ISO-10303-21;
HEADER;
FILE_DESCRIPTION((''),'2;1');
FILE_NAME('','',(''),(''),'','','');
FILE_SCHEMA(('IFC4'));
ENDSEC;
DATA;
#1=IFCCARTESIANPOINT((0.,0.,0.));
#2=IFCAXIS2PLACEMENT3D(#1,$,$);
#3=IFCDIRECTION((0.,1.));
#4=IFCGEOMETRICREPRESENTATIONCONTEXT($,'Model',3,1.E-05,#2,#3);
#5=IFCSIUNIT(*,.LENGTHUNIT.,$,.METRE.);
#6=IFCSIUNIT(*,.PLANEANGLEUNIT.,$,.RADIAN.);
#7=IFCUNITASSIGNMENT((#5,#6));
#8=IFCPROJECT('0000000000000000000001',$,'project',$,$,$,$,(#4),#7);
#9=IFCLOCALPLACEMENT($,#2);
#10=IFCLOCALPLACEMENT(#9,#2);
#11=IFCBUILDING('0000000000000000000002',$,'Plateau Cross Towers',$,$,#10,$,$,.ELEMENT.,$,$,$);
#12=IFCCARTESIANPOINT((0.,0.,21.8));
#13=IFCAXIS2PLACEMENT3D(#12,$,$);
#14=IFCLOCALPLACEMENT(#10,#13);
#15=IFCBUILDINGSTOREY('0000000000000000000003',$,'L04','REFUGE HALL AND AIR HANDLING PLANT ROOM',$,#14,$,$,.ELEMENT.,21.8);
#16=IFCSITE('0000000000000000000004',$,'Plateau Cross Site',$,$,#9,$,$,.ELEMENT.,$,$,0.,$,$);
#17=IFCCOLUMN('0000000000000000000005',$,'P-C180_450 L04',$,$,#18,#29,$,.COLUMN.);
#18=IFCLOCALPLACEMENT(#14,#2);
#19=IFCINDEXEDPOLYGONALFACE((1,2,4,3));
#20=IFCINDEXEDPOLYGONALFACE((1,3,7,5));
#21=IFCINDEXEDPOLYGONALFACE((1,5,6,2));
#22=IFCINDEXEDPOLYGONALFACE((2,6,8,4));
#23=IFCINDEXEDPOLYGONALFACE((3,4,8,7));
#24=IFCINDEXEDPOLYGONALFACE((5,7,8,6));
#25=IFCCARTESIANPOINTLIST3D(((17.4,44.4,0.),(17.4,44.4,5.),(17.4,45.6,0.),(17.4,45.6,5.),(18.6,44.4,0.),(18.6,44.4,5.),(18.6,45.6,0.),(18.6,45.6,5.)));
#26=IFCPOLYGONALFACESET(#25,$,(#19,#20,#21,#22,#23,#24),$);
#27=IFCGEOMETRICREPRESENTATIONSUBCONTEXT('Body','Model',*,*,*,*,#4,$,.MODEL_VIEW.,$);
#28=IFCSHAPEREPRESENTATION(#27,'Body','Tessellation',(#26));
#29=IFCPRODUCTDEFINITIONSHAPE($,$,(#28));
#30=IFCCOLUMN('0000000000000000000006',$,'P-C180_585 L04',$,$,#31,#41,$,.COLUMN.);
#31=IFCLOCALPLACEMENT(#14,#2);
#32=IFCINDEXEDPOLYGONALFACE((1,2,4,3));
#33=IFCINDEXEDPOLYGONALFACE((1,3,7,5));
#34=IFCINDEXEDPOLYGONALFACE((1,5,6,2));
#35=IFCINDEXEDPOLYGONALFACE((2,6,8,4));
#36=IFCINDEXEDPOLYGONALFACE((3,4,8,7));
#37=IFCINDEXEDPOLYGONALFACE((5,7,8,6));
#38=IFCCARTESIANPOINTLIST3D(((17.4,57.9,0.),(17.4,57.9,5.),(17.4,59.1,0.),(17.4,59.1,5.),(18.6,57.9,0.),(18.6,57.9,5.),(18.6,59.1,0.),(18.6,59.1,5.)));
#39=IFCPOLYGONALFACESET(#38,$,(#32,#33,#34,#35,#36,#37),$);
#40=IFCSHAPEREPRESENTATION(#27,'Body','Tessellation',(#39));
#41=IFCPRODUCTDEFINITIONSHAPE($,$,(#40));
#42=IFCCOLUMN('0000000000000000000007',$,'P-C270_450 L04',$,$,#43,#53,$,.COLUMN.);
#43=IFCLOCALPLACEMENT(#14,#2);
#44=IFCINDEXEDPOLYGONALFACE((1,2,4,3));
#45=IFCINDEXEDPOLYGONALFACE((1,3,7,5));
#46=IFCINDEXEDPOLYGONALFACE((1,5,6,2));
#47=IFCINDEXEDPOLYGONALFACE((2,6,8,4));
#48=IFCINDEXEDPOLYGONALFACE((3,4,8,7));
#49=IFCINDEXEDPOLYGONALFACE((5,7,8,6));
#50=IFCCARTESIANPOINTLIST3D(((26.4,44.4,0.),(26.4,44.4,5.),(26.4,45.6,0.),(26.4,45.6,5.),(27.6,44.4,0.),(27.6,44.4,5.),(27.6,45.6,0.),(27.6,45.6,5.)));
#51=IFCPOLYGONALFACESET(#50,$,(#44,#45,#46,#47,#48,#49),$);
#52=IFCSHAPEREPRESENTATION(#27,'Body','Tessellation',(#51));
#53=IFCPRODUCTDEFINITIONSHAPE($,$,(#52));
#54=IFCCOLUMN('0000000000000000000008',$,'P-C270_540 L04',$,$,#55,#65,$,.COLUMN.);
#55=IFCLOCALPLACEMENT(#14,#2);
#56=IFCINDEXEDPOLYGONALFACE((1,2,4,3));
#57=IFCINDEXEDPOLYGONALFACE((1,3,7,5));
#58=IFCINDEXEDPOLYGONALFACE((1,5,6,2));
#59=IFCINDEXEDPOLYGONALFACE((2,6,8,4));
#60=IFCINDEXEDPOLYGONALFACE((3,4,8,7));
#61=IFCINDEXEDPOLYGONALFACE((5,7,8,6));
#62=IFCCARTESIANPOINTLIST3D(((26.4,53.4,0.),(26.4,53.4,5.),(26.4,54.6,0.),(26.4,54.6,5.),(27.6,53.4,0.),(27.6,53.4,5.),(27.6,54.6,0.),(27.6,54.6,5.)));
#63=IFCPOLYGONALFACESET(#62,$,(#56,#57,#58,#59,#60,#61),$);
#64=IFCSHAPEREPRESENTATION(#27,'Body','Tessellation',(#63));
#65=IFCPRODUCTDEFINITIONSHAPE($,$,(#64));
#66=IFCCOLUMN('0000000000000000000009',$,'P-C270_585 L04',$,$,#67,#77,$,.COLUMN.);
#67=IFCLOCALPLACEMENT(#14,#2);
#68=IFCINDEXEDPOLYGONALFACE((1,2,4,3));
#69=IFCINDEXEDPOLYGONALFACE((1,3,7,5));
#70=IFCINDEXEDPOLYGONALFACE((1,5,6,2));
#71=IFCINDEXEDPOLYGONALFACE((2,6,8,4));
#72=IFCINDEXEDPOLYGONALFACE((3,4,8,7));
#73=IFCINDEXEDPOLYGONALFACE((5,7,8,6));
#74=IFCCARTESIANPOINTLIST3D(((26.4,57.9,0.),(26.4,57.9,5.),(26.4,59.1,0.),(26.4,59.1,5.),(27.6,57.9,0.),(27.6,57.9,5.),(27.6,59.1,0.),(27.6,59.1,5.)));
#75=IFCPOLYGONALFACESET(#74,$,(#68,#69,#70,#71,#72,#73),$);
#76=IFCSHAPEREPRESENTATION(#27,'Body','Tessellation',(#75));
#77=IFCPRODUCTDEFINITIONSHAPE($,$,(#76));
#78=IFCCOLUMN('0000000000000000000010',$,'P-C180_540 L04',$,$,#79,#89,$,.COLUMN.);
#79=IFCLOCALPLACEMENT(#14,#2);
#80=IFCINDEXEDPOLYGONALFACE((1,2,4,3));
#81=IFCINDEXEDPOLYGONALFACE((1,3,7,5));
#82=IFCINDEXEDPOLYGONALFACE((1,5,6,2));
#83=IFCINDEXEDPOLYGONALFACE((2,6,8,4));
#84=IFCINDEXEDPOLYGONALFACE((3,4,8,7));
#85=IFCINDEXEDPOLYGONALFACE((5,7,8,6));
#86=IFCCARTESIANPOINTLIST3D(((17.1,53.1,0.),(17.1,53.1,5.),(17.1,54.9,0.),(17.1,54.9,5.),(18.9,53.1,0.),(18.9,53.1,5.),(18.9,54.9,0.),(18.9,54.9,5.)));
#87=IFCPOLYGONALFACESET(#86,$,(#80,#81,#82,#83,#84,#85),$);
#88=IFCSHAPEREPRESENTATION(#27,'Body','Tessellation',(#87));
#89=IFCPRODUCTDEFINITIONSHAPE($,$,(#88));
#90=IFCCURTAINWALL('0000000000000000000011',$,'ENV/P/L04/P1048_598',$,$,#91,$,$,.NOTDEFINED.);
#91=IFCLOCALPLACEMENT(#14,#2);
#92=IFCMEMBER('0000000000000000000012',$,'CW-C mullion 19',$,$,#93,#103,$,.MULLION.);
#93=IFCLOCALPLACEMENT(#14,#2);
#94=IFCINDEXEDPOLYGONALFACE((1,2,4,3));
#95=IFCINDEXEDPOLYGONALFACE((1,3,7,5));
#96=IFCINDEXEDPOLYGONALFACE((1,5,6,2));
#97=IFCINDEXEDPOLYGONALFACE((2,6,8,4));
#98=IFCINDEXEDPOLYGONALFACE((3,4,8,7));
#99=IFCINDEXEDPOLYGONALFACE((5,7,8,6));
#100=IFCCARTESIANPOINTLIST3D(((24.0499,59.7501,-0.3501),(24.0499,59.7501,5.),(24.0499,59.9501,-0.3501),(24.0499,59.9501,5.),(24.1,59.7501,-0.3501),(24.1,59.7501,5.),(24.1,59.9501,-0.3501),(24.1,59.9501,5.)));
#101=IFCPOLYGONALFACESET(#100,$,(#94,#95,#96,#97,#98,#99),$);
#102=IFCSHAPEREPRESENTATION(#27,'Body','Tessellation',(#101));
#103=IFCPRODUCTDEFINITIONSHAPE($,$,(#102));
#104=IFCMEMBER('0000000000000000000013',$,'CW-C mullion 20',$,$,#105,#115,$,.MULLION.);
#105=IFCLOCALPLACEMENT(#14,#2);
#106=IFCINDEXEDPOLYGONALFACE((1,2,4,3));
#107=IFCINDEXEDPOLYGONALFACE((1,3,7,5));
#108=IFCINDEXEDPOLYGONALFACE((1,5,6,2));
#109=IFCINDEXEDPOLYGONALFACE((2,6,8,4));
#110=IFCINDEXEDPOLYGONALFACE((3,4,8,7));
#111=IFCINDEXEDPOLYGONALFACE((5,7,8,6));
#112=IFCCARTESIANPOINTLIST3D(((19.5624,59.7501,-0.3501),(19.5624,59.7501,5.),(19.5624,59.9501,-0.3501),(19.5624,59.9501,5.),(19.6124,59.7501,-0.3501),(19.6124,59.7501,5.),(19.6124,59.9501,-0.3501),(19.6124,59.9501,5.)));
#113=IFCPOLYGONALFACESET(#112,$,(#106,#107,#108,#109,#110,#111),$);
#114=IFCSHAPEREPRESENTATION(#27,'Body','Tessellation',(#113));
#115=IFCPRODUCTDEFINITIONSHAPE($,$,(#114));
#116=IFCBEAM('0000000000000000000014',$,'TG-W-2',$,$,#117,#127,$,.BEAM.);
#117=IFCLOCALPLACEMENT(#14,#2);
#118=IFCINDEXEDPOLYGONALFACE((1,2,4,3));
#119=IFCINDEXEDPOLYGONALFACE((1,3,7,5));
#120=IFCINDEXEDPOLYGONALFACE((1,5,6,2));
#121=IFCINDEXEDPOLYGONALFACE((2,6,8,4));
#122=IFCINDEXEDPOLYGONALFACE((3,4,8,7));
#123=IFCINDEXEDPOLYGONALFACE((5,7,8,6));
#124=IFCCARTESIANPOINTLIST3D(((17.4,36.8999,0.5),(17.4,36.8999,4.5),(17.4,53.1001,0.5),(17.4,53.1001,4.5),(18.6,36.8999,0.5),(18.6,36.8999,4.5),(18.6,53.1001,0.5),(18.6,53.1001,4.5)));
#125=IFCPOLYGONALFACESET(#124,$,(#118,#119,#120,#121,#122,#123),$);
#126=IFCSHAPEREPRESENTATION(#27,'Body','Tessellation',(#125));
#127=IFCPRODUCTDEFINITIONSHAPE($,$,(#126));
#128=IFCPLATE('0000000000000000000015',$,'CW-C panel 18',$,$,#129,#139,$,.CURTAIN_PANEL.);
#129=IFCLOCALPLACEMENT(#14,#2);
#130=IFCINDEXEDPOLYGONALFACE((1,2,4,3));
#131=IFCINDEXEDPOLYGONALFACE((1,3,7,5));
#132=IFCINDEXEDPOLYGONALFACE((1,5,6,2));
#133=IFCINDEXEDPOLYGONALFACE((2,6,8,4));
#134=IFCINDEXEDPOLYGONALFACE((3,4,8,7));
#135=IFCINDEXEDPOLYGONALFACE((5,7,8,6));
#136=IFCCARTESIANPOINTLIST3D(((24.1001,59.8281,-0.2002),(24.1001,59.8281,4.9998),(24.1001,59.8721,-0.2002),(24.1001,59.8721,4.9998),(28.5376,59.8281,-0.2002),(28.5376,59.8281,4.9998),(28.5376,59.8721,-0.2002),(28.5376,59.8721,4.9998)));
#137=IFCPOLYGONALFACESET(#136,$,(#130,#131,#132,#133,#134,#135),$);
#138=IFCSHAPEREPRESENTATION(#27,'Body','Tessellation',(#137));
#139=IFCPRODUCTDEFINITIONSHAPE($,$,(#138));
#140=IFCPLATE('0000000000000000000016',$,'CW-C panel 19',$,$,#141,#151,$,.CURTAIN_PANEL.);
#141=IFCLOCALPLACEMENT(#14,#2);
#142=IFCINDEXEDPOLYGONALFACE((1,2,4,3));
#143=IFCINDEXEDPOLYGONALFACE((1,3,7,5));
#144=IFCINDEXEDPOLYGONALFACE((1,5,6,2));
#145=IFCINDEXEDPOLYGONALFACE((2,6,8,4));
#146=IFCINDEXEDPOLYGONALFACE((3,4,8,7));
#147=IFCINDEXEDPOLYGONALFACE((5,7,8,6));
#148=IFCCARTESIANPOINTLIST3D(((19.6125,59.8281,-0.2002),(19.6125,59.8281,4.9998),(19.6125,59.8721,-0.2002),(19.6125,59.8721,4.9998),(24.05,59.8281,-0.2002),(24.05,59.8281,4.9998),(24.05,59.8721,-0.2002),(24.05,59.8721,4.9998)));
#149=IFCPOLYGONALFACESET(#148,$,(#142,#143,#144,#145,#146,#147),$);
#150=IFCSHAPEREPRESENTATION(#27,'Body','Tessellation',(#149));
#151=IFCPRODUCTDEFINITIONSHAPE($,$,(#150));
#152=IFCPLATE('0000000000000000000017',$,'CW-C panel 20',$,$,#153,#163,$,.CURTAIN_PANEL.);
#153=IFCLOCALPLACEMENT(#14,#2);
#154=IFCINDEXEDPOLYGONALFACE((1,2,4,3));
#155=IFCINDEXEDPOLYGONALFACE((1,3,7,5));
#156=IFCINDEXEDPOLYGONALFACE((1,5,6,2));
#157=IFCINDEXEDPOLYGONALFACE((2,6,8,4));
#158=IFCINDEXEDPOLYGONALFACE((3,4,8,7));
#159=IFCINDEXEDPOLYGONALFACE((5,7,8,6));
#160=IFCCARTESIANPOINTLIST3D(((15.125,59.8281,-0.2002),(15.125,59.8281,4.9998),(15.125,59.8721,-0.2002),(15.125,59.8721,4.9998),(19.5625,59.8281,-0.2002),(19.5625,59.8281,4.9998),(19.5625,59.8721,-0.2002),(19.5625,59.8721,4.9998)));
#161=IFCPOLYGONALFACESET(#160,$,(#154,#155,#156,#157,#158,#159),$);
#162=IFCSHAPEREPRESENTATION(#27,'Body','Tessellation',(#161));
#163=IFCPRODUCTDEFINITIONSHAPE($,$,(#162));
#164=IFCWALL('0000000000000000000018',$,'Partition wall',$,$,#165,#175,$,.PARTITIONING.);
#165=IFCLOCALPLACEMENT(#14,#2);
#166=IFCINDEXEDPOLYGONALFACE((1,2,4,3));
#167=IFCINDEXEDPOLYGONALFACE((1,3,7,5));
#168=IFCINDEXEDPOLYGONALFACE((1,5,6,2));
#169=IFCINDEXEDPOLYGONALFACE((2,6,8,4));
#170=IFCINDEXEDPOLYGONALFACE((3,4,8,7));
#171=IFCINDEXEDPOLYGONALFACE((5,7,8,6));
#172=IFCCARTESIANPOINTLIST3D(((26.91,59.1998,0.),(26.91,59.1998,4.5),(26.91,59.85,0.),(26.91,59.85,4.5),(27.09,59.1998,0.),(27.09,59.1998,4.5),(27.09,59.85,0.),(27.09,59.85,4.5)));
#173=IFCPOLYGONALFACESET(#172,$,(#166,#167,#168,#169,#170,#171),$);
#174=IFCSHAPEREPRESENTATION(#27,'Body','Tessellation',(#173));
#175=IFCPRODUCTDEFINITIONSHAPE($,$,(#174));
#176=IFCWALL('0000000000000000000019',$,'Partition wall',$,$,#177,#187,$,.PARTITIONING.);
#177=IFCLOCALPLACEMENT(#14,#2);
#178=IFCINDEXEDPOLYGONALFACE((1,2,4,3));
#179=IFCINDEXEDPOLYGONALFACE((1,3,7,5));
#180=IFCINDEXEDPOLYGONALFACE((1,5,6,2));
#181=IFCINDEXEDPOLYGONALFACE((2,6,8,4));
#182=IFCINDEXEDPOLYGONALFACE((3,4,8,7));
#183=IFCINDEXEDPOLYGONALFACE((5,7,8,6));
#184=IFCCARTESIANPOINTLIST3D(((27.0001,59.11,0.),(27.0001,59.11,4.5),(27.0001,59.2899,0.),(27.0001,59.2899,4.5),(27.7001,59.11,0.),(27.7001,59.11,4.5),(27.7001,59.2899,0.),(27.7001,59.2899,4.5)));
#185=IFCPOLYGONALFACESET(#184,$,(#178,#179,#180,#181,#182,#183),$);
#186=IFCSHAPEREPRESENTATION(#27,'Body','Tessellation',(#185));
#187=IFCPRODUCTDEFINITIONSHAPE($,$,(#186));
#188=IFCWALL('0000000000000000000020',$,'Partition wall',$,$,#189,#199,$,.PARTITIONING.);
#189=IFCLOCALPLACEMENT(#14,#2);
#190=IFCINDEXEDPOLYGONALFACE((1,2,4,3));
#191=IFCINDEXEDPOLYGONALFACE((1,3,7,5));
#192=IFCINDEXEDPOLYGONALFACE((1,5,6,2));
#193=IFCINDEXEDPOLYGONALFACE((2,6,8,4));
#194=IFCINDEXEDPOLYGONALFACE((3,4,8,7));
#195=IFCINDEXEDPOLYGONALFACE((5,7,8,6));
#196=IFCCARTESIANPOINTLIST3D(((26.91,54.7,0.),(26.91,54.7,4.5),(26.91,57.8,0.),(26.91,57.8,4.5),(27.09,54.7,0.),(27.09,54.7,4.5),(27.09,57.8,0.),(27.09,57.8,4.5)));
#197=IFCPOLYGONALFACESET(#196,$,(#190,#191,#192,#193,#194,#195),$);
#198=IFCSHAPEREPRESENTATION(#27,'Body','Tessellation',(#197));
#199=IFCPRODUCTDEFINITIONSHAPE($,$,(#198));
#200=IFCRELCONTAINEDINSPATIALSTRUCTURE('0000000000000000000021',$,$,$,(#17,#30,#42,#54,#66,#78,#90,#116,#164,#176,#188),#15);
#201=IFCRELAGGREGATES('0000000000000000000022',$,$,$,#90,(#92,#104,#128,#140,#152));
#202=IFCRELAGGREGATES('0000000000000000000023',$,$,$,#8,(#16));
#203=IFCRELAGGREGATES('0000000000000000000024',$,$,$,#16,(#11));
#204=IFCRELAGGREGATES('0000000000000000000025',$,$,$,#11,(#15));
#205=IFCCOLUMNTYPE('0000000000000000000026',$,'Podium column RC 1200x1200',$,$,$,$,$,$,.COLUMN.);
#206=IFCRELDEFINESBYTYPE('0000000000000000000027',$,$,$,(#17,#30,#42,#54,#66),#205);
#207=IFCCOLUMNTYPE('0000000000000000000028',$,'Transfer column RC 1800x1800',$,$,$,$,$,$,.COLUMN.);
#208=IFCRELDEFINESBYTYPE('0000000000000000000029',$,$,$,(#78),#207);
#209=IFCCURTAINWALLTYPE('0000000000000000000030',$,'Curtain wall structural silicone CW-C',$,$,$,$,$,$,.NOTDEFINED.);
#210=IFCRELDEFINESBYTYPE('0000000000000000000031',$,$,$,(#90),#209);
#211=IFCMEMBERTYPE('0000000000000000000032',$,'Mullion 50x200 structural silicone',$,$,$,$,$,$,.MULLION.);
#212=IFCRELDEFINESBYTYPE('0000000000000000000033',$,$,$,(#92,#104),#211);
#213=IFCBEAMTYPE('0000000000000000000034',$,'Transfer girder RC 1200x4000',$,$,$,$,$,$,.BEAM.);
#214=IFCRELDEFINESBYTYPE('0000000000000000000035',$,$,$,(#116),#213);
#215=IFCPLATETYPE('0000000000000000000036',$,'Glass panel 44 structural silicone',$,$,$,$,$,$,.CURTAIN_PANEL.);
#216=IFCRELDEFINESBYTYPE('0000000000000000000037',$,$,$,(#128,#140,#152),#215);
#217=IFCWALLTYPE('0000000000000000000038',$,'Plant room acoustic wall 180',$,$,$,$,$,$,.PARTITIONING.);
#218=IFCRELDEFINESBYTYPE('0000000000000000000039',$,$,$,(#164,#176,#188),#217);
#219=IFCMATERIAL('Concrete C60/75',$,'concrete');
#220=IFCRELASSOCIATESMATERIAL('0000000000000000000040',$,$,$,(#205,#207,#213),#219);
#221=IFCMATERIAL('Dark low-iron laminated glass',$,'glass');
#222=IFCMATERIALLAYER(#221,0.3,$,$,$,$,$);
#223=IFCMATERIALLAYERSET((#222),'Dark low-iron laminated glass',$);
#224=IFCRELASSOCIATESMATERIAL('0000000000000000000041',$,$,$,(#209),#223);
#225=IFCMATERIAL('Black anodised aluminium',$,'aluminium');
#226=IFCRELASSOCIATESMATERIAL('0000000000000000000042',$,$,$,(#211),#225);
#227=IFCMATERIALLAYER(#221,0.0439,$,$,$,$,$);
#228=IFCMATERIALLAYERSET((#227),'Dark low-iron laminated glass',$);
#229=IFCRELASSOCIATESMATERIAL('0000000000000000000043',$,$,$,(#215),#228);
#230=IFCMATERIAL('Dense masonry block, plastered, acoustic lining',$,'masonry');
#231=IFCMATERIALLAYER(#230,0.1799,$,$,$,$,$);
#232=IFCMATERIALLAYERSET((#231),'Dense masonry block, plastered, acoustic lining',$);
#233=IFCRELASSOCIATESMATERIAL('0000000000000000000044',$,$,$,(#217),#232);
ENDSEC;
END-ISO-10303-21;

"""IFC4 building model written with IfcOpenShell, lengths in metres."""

from ifc_helpers import new_model, si_unit, direction, frame, frame_2d, origin, origin_2d, place, context, subcontext, project, spatial, rectangle, extrude, material, layer, layer_set, material_profile, profile_set, type_object, element, aggregate, save


model = new_model("IFC4")

# Units and contexts
model_context = context("Model", 3, precision=1e-05, world=origin(), true_north=direction((0.0, 1.0)))
body_context = subcontext(model_context, "Body", "Model", "MODEL_VIEW")
ifc_project = project(units=[si_unit("LENGTHUNIT", "METRE"), si_unit("PLANEANGLEUNIT", "RADIAN")], contexts=[model_context])

# Site, building, storey
site_placement = place(None, origin())
site = spatial("IfcSite", under=ifc_project, at=site_placement, Name="Plateau Cross Site", CompositionType="ELEMENT", RefElevation=0.0)
building_placement = place(site_placement, origin())
building = spatial("IfcBuilding", under=site, at=building_placement, Name="Plateau Cross Towers", CompositionType="ELEMENT")
storey_placement = place(building_placement, frame((0.0, 0.0, 21.8)))
storey = spatial("IfcBuildingStorey", under=building, at=storey_placement, Name="L04", Description="REFUGE HALL AND AIR HANDLING PLANT ROOM", CompositionType="ELEMENT", Elevation=21.8)

# Columns
ifc_material_1 = material(Name="Concrete C60/75", Category="concrete")
ifc_material_profile_1 = material_profile(ifc_material_1, rectangle(XDim=1.2, YDim=1.2, at=origin_2d()), Name="RC 1200x1200")
ifc_profile_set_1 = profile_set([ifc_material_profile_1], Name="Concrete C60/75")
column_type_1 = type_object("IfcColumnType", Name="Podium column RC 1200x1200", PredefinedType="COLUMN", material=ifc_profile_set_1)
for number, where, z_axis, x_axis, name in (
    (1, (18.0, 45.0, 0.0), (0.0, 0.0, 1.0), (1.0, 0.0, 0.0), "P-C180_450 L04"),
    (2, (18.0, 58.5, 0.0), (0.0, 0.0, 1.0), (1.0, 0.0, 0.0), "P-C180_585 L04"),
    (3, (27.0, 45.0, 0.0), (0.0, 0.0, 1.0), (1.0, 0.0, 0.0), "P-C270_450 L04"),
    (4, (27.0, 54.0, 0.0), (0.0, 0.0, 1.0), (1.0, 0.0, 0.0), "P-C270_540 L04"),
    (5, (27.0, 58.5, 0.0), (0.0, 0.0, 1.0), (1.0, 0.0, 0.0), "P-C270_585 L04"),
):
    element("IfcColumn", number, at=place(storey_placement, frame(where, z_axis=z_axis, x_axis=x_axis)), inside=storey, type_object=column_type_1, Name=name, PredefinedType="COLUMN", context=body_context, shape_type="SweptSolid", body=[
        extrude(rectangle(XDim=1.2, YDim=1.2, at=origin_2d()), origin(), (0.0, 0.0, 1.0), 5.0),
    ])
ifc_material_profile_2 = material_profile(ifc_material_1, rectangle(XDim=1.8, YDim=1.8, at=origin_2d()), Name="RC 1800x1800")
ifc_profile_set_2 = profile_set([ifc_material_profile_2], Name="Concrete C60/75")
column_type_2 = type_object("IfcColumnType", Name="Transfer column RC 1800x1800", PredefinedType="COLUMN", material=ifc_profile_set_2)
column_placement = place(storey_placement, frame((18.0, 54.0, 0.0), z_axis=(0.0, 0.0, 1.0), x_axis=(1.0, 0.0, 0.0)))
element("IfcColumn", 6, at=column_placement, inside=storey, type_object=column_type_2, Name="P-C180_540 L04", PredefinedType="COLUMN", context=body_context, shape_type="SweptSolid", body=[
    extrude(rectangle(XDim=1.8, YDim=1.8, at=origin_2d()), origin(), (0.0, 0.0, 1.0), 5.0),
])

# Curtain wall, members
ifc_material_2 = material(Name="Dark low-iron laminated glass", Category="glass")
ifc_layer_1 = layer(ifc_material_2, 0.3)
ifc_layer_set_1 = layer_set([ifc_layer_1], Name="Dark low-iron laminated glass")
curtain_wall_type = type_object("IfcCurtainWallType", Name="Curtain wall structural silicone CW-C", PredefinedType="NOTDEFINED", material=ifc_layer_set_1)
curtain_wall_placement = place(storey_placement, origin())
curtain_wall = element("IfcCurtainWall", 7, at=curtain_wall_placement, inside=storey, type_object=curtain_wall_type, Name="ENV/P/L04/P1048_598", PredefinedType="NOTDEFINED")
ifc_material_3 = material(Name="Black anodised aluminium", Category="aluminium")
ifc_material_profile_3 = material_profile(ifc_material_3, rectangle(XDim=0.05, YDim=0.2, at=origin_2d()), Name="MULLION 50x200")
ifc_profile_set_3 = profile_set([ifc_material_profile_3], Name="Black anodised aluminium")
member_type = type_object("IfcMemberType", Name="Mullion 50x200 structural silicone", PredefinedType="MULLION", material=ifc_profile_set_3)
member_1_placement = place(storey_placement, frame((24.075, 59.8501, -0.3501), z_axis=(0.0, 0.0, 1.0), x_axis=(-1.0, 0.0, 0.0)))
member_1 = element("IfcMember", 8, at=member_1_placement, type_object=member_type, Name="CW-C mullion 19", PredefinedType="MULLION", context=body_context, shape_type="SweptSolid", body=[
    extrude(rectangle(XDim=0.05, YDim=0.2, at=origin_2d()), origin(), (0.0, 0.0, 1.0), 5.3501),
])
member_2_placement = place(storey_placement, frame((19.5874, 59.8501, -0.3501), z_axis=(0.0, 0.0, 1.0), x_axis=(-1.0, 0.0, 0.0)))
member_2 = element("IfcMember", 9, at=member_2_placement, type_object=member_type, Name="CW-C mullion 20", PredefinedType="MULLION", context=body_context, shape_type="SweptSolid", body=[
    extrude(rectangle(XDim=0.05, YDim=0.2, at=origin_2d()), origin(), (0.0, 0.0, 1.0), 5.3501),
])

# Beam
ifc_material_profile_4 = material_profile(ifc_material_1, rectangle(XDim=1.2, YDim=4.0, at=origin_2d()), Name="RC 1200x4000")
ifc_profile_set_4 = profile_set([ifc_material_profile_4], Name="Concrete C60/75")
beam_type = type_object("IfcBeamType", Name="Transfer girder RC 1200x4000", PredefinedType="BEAM", material=ifc_profile_set_4)
beam_placement = place(storey_placement, frame((18.0, 36.8999, 2.5), z_axis=(0.0, 1.0, 0.0), x_axis=(-1.0, 0.0, 0.0)))
element("IfcBeam", 10, at=beam_placement, inside=storey, type_object=beam_type, Name="TG-W-2", PredefinedType="BEAM", context=body_context, shape_type="SweptSolid", body=[
    extrude(rectangle(XDim=1.2, YDim=4.0, at=origin_2d()), origin(), (0.0, 0.0, 1.0), 16.2002),
])

# Plates
ifc_layer_2 = layer(ifc_material_2, 0.0439)
ifc_layer_set_2 = layer_set([ifc_layer_2], Name="Dark low-iron laminated glass")
plate_type = type_object("IfcPlateType", Name="Glass panel 44 structural silicone", PredefinedType="CURTAIN_PANEL", material=ifc_layer_set_2)
plate_1_placement = place(storey_placement, frame((26.3188, 59.8501, -0.2002), z_axis=(0.0, 0.0, 1.0), x_axis=(-1.0, 0.0, 0.0)))
plate_1 = element("IfcPlate", 11, at=plate_1_placement, type_object=plate_type, Name="CW-C panel 18", PredefinedType="CURTAIN_PANEL", context=body_context, shape_type="SweptSolid", body=[
    extrude(rectangle(XDim=4.4375, YDim=0.0439, at=origin_2d()), origin(), (0.0, 0.0, 1.0), 5.2),
])
plate_2_placement = place(storey_placement, frame((21.8313, 59.8501, -0.2002), z_axis=(0.0, 0.0, 1.0), x_axis=(-1.0, 0.0, 0.0)))
plate_2 = element("IfcPlate", 12, at=plate_2_placement, type_object=plate_type, Name="CW-C panel 19", PredefinedType="CURTAIN_PANEL", context=body_context, shape_type="SweptSolid", body=[
    extrude(rectangle(XDim=4.4375, YDim=0.0439, at=origin_2d()), origin(), (0.0, 0.0, 1.0), 5.2),
])
plate_3_placement = place(storey_placement, frame((17.3438, 59.8501, -0.2002), z_axis=(0.0, 0.0, 1.0), x_axis=(-1.0, 0.0, 0.0)))
plate_3 = element("IfcPlate", 13, at=plate_3_placement, type_object=plate_type, Name="CW-C panel 20", PredefinedType="CURTAIN_PANEL", context=body_context, shape_type="SweptSolid", body=[
    extrude(rectangle(XDim=4.4375, YDim=0.0439, at=origin_2d()), origin(), (0.0, 0.0, 1.0), 5.2),
])
aggregate(curtain_wall, [member_1, member_2, plate_1, plate_2, plate_3])

# Walls
ifc_material_4 = material(Name="Dense masonry block, plastered, acoustic lining", Category="masonry")
ifc_layer_3 = layer(ifc_material_4, 0.1799)
ifc_layer_set_3 = layer_set([ifc_layer_3], Name="Dense masonry block, plastered, acoustic lining")
wall_type_1 = type_object("IfcWallType", Name="Plant room acoustic wall 180", PredefinedType="PARTITIONING", material=ifc_layer_set_3)
wall_1_placement = place(storey_placement, frame((27.0, 59.8501, 0.0), z_axis=(0.0, 0.0, 1.0), x_axis=(0.0, -1.0, 0.0)))
element("IfcWall", 14, at=wall_1_placement, inside=storey, type_object=wall_type_1, Name="Partition wall", PredefinedType="PARTITIONING", context=body_context, shape_type="SweptSolid", body=[
    extrude(rectangle(XDim=0.6501, YDim=0.1799, at=frame_2d((0.3252, 0.0))), origin(), (0.0, 0.0, 1.0), 4.5),
])
wall_2_placement = place(storey_placement, frame((27.0, 59.2, 0.0), z_axis=(0.0, 0.0, 1.0), x_axis=(1.0, 0.0, 0.0)))
element("IfcWall", 15, at=wall_2_placement, inside=storey, type_object=wall_type_1, Name="Partition wall", PredefinedType="PARTITIONING", context=body_context, shape_type="SweptSolid", body=[
    extrude(rectangle(XDim=0.7, YDim=0.1799, at=frame_2d((0.3501, 0.0))), origin(), (0.0, 0.0, 1.0), 4.5),
])
wall_3_placement = place(storey_placement, frame((27.0, 57.8, 0.0), z_axis=(0.0, 0.0, 1.0), x_axis=(0.0, -1.0, 0.0)))
element("IfcWall", 16, at=wall_3_placement, inside=storey, type_object=wall_type_1, Name="Partition wall", PredefinedType="PARTITIONING", context=body_context, shape_type="SweptSolid", body=[
    extrude(rectangle(XDim=3.1001, YDim=0.1799, at=frame_2d((1.55, 0.0))), origin(), (0.0, 0.0, 1.0), 4.5),
])

save(model, "model.ifc")
